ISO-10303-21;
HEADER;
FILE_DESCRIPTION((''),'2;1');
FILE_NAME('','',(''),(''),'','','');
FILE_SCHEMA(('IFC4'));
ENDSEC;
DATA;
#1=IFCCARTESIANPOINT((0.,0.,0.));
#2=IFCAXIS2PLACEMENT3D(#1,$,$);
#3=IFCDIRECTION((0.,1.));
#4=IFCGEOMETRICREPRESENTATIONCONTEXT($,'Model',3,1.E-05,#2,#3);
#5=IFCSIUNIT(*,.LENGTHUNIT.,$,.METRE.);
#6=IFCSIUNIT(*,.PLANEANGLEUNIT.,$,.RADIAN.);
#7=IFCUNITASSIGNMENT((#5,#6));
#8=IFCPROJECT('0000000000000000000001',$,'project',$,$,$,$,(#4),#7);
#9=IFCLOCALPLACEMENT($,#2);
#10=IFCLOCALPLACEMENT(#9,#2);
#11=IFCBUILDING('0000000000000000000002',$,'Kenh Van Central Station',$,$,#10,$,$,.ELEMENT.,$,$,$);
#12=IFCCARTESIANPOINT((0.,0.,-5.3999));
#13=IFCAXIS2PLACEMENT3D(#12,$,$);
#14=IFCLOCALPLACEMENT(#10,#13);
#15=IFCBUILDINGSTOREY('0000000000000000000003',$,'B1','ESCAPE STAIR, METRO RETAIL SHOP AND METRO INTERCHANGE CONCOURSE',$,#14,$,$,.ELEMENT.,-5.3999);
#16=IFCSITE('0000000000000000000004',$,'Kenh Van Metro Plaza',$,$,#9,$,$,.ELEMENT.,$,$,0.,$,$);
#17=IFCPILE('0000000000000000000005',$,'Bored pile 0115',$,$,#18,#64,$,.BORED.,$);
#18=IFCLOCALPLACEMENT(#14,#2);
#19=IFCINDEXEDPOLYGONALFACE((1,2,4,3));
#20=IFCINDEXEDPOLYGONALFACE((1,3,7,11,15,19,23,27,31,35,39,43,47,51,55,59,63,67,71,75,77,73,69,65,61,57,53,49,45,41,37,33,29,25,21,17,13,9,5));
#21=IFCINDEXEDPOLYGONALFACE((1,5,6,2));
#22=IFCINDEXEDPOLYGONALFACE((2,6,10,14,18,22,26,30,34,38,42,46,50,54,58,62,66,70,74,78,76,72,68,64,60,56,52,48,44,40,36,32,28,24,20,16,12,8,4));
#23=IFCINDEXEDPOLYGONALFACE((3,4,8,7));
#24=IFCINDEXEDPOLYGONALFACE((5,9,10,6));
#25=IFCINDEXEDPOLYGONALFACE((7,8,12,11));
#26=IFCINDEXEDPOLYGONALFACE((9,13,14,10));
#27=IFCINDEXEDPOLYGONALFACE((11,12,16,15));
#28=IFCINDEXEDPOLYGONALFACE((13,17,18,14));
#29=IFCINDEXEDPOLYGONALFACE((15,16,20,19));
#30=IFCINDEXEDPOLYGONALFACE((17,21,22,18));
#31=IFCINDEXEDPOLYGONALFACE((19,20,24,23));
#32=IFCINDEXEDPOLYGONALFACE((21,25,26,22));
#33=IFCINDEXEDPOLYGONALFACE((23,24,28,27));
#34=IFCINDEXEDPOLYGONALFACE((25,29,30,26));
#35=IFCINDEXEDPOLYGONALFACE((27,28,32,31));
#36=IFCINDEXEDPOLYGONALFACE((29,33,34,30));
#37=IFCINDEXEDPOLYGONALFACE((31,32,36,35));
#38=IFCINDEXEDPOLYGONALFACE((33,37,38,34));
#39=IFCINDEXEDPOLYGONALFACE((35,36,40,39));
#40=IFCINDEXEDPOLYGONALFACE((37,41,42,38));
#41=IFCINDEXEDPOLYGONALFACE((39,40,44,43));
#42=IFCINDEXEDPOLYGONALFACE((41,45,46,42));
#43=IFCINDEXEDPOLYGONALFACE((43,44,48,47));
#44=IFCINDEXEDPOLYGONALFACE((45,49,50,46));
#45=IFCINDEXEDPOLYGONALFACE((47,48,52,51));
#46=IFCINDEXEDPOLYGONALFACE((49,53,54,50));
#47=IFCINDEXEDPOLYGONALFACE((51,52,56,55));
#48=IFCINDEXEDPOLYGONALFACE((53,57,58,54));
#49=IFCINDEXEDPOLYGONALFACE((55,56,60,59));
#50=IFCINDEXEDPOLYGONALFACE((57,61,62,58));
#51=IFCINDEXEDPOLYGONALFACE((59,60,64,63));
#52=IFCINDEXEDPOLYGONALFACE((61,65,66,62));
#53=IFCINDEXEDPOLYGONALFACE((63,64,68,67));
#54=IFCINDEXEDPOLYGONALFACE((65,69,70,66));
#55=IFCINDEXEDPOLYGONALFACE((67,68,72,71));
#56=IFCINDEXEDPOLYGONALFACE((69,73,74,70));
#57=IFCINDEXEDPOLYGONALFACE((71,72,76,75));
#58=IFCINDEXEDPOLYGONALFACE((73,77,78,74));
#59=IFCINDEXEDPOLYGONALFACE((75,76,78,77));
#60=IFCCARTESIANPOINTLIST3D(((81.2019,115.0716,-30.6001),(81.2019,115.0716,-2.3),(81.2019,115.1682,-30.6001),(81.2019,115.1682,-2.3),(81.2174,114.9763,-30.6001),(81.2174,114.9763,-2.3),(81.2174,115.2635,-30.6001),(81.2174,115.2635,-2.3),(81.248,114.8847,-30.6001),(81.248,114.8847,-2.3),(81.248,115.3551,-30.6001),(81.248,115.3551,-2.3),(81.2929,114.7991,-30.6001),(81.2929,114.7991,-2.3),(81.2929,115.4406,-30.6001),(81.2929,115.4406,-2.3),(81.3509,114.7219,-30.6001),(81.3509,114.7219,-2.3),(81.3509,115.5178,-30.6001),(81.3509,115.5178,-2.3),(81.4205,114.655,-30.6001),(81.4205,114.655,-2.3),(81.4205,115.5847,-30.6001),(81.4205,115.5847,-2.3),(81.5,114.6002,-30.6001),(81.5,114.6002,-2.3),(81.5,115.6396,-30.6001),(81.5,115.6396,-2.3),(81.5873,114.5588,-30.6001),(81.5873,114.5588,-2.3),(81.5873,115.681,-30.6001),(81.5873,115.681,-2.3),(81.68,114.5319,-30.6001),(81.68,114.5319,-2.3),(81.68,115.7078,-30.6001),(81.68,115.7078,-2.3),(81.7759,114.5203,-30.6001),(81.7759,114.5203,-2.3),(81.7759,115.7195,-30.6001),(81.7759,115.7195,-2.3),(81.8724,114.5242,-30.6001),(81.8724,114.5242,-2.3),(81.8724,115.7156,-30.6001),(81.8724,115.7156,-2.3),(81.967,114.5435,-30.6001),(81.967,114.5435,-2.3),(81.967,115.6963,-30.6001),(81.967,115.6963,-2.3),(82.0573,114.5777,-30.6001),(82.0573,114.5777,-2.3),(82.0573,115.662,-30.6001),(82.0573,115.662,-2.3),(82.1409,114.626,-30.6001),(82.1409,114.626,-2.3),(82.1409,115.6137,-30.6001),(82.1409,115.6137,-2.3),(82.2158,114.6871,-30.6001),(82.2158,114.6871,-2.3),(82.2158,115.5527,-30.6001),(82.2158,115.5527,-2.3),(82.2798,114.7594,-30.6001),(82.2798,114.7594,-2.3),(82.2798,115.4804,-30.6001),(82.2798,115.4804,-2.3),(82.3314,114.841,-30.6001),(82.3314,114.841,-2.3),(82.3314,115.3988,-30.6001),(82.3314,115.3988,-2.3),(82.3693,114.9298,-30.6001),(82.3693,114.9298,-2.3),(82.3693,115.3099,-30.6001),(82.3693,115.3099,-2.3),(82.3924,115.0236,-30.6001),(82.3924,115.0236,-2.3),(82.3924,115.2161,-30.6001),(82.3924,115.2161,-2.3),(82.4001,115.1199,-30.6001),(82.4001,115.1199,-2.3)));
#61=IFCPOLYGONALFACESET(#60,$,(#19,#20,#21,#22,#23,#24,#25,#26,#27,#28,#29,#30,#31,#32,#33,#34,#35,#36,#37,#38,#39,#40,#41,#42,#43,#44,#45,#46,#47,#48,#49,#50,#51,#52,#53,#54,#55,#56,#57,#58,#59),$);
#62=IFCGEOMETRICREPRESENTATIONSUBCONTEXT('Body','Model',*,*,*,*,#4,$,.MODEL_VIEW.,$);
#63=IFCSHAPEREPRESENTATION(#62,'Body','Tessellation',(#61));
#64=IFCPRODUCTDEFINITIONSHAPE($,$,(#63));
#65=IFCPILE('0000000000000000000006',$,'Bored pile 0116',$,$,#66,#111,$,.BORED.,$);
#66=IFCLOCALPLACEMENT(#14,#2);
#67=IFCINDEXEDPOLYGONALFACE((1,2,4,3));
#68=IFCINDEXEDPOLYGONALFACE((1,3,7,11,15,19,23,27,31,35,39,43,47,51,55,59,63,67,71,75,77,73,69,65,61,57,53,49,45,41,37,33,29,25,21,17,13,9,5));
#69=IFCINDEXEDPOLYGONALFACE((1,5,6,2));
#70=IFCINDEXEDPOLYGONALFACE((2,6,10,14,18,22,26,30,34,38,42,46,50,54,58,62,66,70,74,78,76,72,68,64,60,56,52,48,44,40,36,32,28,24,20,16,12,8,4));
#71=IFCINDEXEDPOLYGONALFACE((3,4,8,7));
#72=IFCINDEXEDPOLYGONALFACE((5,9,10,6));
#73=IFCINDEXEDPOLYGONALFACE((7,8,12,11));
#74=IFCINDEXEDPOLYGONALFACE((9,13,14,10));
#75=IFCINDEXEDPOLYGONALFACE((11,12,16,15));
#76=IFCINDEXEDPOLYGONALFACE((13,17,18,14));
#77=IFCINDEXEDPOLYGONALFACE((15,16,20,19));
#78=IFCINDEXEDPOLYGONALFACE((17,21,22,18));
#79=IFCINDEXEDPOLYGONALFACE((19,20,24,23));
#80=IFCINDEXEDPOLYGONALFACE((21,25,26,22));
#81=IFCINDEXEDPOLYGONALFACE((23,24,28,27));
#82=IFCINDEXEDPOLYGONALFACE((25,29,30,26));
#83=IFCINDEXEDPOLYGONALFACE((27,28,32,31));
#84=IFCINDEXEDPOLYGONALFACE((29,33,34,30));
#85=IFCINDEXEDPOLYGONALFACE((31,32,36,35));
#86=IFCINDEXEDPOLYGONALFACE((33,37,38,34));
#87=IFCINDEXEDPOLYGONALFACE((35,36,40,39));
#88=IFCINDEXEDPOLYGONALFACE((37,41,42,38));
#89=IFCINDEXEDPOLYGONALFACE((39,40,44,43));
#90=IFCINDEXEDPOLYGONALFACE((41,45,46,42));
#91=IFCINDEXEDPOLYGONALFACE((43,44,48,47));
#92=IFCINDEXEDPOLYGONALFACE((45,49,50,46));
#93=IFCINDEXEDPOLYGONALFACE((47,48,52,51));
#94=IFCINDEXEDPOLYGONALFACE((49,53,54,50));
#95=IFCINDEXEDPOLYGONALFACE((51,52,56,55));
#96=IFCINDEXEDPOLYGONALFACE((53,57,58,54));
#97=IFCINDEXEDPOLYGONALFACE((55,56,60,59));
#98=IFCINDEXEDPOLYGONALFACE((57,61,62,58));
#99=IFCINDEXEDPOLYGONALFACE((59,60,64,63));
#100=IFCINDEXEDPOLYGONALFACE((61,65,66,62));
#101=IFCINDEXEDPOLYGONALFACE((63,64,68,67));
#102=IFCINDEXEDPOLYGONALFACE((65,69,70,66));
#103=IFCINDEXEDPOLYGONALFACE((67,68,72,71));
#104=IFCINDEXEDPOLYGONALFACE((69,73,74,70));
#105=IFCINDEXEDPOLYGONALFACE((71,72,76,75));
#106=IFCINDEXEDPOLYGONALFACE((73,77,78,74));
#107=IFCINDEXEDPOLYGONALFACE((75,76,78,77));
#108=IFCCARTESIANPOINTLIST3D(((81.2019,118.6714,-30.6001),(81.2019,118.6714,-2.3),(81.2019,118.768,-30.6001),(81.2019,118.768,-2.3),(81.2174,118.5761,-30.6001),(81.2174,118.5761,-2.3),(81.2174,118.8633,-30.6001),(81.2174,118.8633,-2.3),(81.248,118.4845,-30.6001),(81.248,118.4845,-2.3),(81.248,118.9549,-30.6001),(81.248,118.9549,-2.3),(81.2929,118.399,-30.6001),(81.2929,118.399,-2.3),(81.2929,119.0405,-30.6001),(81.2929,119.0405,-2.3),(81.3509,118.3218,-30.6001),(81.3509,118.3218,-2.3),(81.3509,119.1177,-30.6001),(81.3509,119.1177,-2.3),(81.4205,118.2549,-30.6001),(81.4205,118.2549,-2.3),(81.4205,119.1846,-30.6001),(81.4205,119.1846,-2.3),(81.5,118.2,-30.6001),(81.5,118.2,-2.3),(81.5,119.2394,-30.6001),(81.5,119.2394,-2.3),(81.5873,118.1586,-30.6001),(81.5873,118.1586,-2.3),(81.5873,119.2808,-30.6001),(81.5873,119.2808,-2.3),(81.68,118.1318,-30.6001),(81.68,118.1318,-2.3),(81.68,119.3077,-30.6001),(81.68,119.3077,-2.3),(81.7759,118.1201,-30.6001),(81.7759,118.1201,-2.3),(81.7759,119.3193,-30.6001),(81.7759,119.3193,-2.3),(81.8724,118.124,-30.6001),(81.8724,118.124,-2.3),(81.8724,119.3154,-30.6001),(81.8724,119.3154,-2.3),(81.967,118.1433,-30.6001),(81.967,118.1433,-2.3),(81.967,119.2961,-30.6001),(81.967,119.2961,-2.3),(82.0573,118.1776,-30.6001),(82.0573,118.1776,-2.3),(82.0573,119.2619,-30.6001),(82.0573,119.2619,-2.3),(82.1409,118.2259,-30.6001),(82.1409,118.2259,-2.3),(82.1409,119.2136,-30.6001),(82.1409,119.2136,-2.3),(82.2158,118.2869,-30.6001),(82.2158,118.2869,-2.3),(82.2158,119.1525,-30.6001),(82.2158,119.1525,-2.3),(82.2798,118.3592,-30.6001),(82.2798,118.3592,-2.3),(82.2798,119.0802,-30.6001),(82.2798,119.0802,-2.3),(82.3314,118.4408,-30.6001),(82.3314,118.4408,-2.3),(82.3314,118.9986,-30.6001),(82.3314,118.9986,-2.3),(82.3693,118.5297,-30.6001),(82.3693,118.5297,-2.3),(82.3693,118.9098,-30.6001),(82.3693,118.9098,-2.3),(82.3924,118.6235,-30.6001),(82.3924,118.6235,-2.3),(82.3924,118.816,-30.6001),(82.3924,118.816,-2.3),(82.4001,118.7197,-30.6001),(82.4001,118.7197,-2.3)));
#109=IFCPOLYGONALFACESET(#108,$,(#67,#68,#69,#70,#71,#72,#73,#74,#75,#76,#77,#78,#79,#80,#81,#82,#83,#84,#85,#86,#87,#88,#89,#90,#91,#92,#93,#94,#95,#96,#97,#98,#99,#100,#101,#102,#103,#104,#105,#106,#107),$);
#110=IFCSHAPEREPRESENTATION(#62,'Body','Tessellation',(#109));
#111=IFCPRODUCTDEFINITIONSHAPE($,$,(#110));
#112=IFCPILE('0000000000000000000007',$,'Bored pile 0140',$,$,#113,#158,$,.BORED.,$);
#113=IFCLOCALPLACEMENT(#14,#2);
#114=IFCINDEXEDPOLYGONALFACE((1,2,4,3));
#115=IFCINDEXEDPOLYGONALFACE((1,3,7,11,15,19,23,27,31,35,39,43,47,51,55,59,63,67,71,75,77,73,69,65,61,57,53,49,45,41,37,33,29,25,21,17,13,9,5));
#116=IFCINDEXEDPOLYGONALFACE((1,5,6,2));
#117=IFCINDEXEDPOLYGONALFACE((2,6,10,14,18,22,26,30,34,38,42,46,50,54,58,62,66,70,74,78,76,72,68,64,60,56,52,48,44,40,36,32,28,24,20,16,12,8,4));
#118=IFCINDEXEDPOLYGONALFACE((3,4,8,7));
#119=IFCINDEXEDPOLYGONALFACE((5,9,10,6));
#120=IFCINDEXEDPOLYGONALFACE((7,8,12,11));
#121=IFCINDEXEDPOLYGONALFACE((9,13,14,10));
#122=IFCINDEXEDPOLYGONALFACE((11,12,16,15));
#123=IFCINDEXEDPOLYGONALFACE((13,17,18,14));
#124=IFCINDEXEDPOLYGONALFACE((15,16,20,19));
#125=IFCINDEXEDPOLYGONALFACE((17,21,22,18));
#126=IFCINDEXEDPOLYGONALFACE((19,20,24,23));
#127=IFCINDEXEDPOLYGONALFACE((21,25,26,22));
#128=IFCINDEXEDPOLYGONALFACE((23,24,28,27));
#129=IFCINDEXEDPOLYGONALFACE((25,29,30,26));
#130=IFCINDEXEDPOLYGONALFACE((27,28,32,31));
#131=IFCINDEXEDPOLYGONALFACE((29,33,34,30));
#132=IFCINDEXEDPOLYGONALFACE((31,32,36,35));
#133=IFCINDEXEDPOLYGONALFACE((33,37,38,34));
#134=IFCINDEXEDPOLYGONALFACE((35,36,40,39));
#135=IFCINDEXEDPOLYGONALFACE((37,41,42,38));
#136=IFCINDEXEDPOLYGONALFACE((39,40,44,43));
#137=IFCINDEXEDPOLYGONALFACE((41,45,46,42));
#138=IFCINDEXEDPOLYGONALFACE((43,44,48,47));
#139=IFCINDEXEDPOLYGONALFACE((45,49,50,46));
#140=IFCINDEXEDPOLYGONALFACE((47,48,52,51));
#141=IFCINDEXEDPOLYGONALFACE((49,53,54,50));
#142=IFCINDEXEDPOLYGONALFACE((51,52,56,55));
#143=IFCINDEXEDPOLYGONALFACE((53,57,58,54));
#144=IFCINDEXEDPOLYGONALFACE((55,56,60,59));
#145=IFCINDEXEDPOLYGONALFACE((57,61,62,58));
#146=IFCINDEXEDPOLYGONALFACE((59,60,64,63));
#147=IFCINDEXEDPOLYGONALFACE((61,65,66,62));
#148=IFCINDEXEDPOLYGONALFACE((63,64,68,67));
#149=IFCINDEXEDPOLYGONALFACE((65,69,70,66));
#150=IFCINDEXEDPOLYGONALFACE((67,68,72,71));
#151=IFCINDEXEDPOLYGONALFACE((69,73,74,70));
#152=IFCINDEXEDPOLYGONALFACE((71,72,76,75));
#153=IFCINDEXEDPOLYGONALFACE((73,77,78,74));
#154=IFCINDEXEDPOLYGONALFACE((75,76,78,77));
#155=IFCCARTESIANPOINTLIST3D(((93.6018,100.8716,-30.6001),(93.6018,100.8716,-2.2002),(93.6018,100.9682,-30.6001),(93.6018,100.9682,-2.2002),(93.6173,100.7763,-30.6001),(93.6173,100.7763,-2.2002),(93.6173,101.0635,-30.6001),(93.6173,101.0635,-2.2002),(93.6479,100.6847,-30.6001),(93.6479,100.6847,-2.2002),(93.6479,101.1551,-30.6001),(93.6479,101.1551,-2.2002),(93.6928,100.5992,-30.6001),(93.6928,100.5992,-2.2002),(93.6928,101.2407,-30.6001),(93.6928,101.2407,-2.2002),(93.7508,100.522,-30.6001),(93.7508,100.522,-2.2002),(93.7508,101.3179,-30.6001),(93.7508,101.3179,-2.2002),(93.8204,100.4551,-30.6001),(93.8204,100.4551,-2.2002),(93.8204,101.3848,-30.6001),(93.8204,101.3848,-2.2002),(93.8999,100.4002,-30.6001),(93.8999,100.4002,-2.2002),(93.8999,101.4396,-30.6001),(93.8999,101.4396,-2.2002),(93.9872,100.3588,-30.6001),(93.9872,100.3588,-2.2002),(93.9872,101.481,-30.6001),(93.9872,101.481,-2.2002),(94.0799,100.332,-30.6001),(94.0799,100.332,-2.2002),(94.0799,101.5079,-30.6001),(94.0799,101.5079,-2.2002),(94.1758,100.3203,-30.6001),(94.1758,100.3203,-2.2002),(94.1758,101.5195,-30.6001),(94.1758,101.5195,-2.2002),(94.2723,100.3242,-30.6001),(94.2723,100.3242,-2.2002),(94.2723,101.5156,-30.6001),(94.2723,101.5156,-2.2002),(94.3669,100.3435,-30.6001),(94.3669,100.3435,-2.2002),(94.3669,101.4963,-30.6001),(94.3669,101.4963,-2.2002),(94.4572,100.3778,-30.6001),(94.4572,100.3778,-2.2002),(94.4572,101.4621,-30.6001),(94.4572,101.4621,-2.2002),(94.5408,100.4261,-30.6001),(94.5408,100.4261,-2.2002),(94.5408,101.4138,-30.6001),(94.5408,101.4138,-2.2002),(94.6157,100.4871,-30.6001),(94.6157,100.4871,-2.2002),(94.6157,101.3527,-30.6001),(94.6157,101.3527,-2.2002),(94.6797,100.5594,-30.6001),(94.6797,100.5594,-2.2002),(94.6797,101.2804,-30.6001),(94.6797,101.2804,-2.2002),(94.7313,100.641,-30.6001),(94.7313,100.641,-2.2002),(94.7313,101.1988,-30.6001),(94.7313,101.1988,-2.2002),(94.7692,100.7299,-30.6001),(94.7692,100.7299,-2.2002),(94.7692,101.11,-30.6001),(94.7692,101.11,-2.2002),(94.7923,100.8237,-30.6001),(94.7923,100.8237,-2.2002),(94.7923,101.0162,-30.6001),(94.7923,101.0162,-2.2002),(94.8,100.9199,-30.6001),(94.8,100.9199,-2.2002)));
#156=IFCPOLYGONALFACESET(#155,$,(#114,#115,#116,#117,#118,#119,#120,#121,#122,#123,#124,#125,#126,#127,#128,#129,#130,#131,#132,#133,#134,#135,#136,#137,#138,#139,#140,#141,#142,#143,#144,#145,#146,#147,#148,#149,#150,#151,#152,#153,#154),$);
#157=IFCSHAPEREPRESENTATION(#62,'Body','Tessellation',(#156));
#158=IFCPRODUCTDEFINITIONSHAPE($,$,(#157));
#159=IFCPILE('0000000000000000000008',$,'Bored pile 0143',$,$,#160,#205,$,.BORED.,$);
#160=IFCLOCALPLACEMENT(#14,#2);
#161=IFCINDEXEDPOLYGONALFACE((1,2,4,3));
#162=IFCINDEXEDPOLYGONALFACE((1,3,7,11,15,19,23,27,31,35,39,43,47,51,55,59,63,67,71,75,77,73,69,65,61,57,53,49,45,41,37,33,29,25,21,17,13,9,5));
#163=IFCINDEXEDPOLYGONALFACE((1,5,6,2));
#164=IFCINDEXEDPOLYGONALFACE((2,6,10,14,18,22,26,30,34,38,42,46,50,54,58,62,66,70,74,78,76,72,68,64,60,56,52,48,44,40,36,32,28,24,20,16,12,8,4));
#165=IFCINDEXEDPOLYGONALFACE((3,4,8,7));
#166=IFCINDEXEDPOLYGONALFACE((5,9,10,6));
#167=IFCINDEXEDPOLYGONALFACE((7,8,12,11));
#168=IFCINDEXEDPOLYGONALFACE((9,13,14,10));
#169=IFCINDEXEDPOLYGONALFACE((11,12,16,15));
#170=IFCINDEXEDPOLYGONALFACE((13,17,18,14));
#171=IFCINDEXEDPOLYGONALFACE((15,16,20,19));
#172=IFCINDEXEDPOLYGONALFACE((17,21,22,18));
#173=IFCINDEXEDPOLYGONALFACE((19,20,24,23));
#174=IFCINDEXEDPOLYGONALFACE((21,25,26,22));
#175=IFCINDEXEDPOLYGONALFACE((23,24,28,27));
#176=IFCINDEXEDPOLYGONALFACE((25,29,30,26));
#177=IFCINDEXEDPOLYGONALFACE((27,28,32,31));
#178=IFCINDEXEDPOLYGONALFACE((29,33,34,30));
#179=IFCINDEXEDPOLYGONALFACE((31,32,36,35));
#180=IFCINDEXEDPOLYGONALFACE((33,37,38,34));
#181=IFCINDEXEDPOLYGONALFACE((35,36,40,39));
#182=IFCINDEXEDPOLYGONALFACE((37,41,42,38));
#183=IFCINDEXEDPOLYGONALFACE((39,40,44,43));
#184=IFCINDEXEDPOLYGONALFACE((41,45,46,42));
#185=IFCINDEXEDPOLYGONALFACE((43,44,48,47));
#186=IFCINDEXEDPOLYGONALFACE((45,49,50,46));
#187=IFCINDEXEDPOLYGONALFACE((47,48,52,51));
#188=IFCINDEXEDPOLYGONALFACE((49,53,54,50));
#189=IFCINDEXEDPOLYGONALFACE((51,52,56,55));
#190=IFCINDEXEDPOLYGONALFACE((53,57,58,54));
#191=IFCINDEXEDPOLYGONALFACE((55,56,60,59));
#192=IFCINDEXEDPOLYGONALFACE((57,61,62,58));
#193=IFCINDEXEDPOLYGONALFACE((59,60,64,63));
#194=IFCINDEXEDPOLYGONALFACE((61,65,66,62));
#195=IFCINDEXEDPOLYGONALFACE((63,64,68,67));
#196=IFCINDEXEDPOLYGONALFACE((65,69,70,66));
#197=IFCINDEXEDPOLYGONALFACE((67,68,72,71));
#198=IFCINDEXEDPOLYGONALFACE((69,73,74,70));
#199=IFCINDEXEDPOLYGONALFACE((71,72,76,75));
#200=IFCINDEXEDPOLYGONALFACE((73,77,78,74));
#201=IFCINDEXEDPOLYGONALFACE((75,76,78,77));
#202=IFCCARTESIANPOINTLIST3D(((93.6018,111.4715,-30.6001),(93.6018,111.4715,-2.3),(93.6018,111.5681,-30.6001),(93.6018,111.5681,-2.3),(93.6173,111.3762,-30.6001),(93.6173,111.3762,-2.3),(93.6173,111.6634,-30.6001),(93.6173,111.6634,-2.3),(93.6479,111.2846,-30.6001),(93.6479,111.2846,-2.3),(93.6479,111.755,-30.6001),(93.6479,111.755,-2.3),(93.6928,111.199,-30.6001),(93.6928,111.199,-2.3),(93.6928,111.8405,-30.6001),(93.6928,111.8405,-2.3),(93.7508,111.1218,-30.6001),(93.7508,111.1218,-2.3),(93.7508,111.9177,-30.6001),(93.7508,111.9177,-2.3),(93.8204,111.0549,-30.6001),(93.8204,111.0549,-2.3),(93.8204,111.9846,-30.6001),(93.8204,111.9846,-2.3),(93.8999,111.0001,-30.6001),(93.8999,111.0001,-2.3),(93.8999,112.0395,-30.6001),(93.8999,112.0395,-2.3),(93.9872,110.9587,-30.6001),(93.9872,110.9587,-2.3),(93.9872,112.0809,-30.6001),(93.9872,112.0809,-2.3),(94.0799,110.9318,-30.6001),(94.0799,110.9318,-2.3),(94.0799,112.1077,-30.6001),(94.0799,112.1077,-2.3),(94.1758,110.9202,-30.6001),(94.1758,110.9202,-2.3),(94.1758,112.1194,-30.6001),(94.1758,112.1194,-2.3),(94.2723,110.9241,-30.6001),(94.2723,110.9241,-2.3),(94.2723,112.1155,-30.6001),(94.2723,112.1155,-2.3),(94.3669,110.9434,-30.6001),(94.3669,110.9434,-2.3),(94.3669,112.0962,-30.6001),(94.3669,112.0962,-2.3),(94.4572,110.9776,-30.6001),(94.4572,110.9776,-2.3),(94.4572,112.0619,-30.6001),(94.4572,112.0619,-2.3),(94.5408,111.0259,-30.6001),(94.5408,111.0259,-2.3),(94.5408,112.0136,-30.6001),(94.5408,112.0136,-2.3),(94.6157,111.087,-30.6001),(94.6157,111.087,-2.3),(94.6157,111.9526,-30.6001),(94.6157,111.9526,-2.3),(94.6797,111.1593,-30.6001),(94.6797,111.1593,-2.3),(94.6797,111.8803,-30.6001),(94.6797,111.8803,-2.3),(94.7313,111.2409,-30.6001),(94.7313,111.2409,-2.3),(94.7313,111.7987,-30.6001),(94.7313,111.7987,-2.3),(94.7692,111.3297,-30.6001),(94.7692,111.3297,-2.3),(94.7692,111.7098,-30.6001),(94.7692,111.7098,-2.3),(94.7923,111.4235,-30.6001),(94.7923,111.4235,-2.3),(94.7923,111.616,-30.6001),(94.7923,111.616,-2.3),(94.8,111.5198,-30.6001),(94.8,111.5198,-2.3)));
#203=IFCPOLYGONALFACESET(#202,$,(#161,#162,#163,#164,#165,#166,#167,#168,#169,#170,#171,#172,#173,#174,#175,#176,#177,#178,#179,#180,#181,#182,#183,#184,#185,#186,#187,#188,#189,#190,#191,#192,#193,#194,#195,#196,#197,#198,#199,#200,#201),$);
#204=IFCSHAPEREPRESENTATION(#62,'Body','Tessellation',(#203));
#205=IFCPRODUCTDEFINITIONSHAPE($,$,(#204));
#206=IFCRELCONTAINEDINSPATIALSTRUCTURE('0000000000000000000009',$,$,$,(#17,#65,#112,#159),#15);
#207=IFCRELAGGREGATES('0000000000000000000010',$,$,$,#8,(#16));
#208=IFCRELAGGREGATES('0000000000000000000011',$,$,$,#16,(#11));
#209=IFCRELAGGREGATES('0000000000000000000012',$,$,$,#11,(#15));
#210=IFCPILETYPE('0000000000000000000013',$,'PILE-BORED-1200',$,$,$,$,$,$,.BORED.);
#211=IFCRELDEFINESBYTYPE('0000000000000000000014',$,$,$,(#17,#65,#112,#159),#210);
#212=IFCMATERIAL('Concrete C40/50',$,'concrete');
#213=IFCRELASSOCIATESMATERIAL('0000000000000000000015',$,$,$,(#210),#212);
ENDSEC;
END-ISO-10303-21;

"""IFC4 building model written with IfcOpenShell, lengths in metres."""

from ifc_helpers import new_model, si_unit, direction, frame, origin, origin_2d, place, context, subcontext, project, spatial, circle, extrude, material, material_profile, profile_set, type_object, element, save


model = new_model("IFC4")

# Units and contexts
model_context = context("Model", 3, precision=1e-05, world=origin(), true_north=direction((0.0, 1.0)))
body_context = subcontext(model_context, "Body", "Model", "MODEL_VIEW")
ifc_project = project(units=[si_unit("LENGTHUNIT", "METRE"), si_unit("PLANEANGLEUNIT", "RADIAN")], contexts=[model_context])

# Site, building, storey
site_placement = place(None, origin())
site = spatial("IfcSite", under=ifc_project, at=site_placement, Name="Kenh Van Metro Plaza", CompositionType="ELEMENT", RefElevation=0.0)
building_placement = place(site_placement, origin())
building = spatial("IfcBuilding", under=site, at=building_placement, Name="Kenh Van Central Station", CompositionType="ELEMENT")
storey_placement = place(building_placement, frame((0.0, 0.0, -5.3999)))
storey = spatial("IfcBuildingStorey", under=building, at=storey_placement, Name="B1", Description="ESCAPE STAIR, METRO RETAIL SHOP AND METRO INTERCHANGE CONCOURSE", CompositionType="ELEMENT", Elevation=-5.3999)

# Shared definitions
ifc_material_1 = material(Name="Concrete C40/50", Category="concrete")

# Piles
ifc_material_profile_1 = material_profile(ifc_material_1, circle(Radius=0.6001, at=origin_2d()), Name="PILE D1200")
ifc_profile_set_1 = profile_set([ifc_material_profile_1], Name="Concrete C40/50")
pile_type_1 = type_object("IfcPileType", Name="PILE-BORED-1200", PredefinedType="BORED", material=ifc_profile_set_1)
for number, where, z_axis, x_axis, name in (
    (1, (81.8, 115.1199, -2.3), (0.0, 0.0, -1.0), (1.0, 0.0, 0.0), "Bored pile 0115"),
    (2, (81.8, 118.7197, -2.3), (0.0, 0.0, -1.0), (1.0, 0.0, 0.0), "Bored pile 0116"),
):
    element("IfcPile", number, at=place(storey_placement, frame(where, z_axis=z_axis, x_axis=x_axis)), inside=storey, type_object=pile_type_1, Name=name, PredefinedType="BORED", context=body_context, shape_type="SweptSolid", body=[
        extrude(circle(Radius=0.6001, at=origin_2d()), origin(), (0.0, 0.0, 1.0), 28.3),
    ])
pile_1_placement = place(storey_placement, frame((94.2, 100.9199, -2.2002), z_axis=(0.0, 0.0, -1.0), x_axis=(1.0, 0.0, 0.0)))
element("IfcPile", 3, at=pile_1_placement, inside=storey, type_object=pile_type_1, Name="Bored pile 0140", PredefinedType="BORED", context=body_context, shape_type="SweptSolid", body=[
    extrude(circle(Radius=0.6001, at=origin_2d()), origin(), (0.0, 0.0, 1.0), 28.3999),
])
for number, where, z_axis, x_axis, name in (
    (4, (94.2, 111.5198, -2.3), (0.0, 0.0, -1.0), (1.0, 0.0, 0.0), "Bored pile 0143"),
):
    element("IfcPile", number, at=place(storey_placement, frame(where, z_axis=z_axis, x_axis=x_axis)), inside=storey, type_object=pile_type_1, Name=name, PredefinedType="BORED", context=body_context, shape_type="SweptSolid", body=[
        extrude(circle(Radius=0.6001, at=origin_2d()), origin(), (0.0, 0.0, 1.0), 28.3),
    ])

save(model, "model.ifc")
